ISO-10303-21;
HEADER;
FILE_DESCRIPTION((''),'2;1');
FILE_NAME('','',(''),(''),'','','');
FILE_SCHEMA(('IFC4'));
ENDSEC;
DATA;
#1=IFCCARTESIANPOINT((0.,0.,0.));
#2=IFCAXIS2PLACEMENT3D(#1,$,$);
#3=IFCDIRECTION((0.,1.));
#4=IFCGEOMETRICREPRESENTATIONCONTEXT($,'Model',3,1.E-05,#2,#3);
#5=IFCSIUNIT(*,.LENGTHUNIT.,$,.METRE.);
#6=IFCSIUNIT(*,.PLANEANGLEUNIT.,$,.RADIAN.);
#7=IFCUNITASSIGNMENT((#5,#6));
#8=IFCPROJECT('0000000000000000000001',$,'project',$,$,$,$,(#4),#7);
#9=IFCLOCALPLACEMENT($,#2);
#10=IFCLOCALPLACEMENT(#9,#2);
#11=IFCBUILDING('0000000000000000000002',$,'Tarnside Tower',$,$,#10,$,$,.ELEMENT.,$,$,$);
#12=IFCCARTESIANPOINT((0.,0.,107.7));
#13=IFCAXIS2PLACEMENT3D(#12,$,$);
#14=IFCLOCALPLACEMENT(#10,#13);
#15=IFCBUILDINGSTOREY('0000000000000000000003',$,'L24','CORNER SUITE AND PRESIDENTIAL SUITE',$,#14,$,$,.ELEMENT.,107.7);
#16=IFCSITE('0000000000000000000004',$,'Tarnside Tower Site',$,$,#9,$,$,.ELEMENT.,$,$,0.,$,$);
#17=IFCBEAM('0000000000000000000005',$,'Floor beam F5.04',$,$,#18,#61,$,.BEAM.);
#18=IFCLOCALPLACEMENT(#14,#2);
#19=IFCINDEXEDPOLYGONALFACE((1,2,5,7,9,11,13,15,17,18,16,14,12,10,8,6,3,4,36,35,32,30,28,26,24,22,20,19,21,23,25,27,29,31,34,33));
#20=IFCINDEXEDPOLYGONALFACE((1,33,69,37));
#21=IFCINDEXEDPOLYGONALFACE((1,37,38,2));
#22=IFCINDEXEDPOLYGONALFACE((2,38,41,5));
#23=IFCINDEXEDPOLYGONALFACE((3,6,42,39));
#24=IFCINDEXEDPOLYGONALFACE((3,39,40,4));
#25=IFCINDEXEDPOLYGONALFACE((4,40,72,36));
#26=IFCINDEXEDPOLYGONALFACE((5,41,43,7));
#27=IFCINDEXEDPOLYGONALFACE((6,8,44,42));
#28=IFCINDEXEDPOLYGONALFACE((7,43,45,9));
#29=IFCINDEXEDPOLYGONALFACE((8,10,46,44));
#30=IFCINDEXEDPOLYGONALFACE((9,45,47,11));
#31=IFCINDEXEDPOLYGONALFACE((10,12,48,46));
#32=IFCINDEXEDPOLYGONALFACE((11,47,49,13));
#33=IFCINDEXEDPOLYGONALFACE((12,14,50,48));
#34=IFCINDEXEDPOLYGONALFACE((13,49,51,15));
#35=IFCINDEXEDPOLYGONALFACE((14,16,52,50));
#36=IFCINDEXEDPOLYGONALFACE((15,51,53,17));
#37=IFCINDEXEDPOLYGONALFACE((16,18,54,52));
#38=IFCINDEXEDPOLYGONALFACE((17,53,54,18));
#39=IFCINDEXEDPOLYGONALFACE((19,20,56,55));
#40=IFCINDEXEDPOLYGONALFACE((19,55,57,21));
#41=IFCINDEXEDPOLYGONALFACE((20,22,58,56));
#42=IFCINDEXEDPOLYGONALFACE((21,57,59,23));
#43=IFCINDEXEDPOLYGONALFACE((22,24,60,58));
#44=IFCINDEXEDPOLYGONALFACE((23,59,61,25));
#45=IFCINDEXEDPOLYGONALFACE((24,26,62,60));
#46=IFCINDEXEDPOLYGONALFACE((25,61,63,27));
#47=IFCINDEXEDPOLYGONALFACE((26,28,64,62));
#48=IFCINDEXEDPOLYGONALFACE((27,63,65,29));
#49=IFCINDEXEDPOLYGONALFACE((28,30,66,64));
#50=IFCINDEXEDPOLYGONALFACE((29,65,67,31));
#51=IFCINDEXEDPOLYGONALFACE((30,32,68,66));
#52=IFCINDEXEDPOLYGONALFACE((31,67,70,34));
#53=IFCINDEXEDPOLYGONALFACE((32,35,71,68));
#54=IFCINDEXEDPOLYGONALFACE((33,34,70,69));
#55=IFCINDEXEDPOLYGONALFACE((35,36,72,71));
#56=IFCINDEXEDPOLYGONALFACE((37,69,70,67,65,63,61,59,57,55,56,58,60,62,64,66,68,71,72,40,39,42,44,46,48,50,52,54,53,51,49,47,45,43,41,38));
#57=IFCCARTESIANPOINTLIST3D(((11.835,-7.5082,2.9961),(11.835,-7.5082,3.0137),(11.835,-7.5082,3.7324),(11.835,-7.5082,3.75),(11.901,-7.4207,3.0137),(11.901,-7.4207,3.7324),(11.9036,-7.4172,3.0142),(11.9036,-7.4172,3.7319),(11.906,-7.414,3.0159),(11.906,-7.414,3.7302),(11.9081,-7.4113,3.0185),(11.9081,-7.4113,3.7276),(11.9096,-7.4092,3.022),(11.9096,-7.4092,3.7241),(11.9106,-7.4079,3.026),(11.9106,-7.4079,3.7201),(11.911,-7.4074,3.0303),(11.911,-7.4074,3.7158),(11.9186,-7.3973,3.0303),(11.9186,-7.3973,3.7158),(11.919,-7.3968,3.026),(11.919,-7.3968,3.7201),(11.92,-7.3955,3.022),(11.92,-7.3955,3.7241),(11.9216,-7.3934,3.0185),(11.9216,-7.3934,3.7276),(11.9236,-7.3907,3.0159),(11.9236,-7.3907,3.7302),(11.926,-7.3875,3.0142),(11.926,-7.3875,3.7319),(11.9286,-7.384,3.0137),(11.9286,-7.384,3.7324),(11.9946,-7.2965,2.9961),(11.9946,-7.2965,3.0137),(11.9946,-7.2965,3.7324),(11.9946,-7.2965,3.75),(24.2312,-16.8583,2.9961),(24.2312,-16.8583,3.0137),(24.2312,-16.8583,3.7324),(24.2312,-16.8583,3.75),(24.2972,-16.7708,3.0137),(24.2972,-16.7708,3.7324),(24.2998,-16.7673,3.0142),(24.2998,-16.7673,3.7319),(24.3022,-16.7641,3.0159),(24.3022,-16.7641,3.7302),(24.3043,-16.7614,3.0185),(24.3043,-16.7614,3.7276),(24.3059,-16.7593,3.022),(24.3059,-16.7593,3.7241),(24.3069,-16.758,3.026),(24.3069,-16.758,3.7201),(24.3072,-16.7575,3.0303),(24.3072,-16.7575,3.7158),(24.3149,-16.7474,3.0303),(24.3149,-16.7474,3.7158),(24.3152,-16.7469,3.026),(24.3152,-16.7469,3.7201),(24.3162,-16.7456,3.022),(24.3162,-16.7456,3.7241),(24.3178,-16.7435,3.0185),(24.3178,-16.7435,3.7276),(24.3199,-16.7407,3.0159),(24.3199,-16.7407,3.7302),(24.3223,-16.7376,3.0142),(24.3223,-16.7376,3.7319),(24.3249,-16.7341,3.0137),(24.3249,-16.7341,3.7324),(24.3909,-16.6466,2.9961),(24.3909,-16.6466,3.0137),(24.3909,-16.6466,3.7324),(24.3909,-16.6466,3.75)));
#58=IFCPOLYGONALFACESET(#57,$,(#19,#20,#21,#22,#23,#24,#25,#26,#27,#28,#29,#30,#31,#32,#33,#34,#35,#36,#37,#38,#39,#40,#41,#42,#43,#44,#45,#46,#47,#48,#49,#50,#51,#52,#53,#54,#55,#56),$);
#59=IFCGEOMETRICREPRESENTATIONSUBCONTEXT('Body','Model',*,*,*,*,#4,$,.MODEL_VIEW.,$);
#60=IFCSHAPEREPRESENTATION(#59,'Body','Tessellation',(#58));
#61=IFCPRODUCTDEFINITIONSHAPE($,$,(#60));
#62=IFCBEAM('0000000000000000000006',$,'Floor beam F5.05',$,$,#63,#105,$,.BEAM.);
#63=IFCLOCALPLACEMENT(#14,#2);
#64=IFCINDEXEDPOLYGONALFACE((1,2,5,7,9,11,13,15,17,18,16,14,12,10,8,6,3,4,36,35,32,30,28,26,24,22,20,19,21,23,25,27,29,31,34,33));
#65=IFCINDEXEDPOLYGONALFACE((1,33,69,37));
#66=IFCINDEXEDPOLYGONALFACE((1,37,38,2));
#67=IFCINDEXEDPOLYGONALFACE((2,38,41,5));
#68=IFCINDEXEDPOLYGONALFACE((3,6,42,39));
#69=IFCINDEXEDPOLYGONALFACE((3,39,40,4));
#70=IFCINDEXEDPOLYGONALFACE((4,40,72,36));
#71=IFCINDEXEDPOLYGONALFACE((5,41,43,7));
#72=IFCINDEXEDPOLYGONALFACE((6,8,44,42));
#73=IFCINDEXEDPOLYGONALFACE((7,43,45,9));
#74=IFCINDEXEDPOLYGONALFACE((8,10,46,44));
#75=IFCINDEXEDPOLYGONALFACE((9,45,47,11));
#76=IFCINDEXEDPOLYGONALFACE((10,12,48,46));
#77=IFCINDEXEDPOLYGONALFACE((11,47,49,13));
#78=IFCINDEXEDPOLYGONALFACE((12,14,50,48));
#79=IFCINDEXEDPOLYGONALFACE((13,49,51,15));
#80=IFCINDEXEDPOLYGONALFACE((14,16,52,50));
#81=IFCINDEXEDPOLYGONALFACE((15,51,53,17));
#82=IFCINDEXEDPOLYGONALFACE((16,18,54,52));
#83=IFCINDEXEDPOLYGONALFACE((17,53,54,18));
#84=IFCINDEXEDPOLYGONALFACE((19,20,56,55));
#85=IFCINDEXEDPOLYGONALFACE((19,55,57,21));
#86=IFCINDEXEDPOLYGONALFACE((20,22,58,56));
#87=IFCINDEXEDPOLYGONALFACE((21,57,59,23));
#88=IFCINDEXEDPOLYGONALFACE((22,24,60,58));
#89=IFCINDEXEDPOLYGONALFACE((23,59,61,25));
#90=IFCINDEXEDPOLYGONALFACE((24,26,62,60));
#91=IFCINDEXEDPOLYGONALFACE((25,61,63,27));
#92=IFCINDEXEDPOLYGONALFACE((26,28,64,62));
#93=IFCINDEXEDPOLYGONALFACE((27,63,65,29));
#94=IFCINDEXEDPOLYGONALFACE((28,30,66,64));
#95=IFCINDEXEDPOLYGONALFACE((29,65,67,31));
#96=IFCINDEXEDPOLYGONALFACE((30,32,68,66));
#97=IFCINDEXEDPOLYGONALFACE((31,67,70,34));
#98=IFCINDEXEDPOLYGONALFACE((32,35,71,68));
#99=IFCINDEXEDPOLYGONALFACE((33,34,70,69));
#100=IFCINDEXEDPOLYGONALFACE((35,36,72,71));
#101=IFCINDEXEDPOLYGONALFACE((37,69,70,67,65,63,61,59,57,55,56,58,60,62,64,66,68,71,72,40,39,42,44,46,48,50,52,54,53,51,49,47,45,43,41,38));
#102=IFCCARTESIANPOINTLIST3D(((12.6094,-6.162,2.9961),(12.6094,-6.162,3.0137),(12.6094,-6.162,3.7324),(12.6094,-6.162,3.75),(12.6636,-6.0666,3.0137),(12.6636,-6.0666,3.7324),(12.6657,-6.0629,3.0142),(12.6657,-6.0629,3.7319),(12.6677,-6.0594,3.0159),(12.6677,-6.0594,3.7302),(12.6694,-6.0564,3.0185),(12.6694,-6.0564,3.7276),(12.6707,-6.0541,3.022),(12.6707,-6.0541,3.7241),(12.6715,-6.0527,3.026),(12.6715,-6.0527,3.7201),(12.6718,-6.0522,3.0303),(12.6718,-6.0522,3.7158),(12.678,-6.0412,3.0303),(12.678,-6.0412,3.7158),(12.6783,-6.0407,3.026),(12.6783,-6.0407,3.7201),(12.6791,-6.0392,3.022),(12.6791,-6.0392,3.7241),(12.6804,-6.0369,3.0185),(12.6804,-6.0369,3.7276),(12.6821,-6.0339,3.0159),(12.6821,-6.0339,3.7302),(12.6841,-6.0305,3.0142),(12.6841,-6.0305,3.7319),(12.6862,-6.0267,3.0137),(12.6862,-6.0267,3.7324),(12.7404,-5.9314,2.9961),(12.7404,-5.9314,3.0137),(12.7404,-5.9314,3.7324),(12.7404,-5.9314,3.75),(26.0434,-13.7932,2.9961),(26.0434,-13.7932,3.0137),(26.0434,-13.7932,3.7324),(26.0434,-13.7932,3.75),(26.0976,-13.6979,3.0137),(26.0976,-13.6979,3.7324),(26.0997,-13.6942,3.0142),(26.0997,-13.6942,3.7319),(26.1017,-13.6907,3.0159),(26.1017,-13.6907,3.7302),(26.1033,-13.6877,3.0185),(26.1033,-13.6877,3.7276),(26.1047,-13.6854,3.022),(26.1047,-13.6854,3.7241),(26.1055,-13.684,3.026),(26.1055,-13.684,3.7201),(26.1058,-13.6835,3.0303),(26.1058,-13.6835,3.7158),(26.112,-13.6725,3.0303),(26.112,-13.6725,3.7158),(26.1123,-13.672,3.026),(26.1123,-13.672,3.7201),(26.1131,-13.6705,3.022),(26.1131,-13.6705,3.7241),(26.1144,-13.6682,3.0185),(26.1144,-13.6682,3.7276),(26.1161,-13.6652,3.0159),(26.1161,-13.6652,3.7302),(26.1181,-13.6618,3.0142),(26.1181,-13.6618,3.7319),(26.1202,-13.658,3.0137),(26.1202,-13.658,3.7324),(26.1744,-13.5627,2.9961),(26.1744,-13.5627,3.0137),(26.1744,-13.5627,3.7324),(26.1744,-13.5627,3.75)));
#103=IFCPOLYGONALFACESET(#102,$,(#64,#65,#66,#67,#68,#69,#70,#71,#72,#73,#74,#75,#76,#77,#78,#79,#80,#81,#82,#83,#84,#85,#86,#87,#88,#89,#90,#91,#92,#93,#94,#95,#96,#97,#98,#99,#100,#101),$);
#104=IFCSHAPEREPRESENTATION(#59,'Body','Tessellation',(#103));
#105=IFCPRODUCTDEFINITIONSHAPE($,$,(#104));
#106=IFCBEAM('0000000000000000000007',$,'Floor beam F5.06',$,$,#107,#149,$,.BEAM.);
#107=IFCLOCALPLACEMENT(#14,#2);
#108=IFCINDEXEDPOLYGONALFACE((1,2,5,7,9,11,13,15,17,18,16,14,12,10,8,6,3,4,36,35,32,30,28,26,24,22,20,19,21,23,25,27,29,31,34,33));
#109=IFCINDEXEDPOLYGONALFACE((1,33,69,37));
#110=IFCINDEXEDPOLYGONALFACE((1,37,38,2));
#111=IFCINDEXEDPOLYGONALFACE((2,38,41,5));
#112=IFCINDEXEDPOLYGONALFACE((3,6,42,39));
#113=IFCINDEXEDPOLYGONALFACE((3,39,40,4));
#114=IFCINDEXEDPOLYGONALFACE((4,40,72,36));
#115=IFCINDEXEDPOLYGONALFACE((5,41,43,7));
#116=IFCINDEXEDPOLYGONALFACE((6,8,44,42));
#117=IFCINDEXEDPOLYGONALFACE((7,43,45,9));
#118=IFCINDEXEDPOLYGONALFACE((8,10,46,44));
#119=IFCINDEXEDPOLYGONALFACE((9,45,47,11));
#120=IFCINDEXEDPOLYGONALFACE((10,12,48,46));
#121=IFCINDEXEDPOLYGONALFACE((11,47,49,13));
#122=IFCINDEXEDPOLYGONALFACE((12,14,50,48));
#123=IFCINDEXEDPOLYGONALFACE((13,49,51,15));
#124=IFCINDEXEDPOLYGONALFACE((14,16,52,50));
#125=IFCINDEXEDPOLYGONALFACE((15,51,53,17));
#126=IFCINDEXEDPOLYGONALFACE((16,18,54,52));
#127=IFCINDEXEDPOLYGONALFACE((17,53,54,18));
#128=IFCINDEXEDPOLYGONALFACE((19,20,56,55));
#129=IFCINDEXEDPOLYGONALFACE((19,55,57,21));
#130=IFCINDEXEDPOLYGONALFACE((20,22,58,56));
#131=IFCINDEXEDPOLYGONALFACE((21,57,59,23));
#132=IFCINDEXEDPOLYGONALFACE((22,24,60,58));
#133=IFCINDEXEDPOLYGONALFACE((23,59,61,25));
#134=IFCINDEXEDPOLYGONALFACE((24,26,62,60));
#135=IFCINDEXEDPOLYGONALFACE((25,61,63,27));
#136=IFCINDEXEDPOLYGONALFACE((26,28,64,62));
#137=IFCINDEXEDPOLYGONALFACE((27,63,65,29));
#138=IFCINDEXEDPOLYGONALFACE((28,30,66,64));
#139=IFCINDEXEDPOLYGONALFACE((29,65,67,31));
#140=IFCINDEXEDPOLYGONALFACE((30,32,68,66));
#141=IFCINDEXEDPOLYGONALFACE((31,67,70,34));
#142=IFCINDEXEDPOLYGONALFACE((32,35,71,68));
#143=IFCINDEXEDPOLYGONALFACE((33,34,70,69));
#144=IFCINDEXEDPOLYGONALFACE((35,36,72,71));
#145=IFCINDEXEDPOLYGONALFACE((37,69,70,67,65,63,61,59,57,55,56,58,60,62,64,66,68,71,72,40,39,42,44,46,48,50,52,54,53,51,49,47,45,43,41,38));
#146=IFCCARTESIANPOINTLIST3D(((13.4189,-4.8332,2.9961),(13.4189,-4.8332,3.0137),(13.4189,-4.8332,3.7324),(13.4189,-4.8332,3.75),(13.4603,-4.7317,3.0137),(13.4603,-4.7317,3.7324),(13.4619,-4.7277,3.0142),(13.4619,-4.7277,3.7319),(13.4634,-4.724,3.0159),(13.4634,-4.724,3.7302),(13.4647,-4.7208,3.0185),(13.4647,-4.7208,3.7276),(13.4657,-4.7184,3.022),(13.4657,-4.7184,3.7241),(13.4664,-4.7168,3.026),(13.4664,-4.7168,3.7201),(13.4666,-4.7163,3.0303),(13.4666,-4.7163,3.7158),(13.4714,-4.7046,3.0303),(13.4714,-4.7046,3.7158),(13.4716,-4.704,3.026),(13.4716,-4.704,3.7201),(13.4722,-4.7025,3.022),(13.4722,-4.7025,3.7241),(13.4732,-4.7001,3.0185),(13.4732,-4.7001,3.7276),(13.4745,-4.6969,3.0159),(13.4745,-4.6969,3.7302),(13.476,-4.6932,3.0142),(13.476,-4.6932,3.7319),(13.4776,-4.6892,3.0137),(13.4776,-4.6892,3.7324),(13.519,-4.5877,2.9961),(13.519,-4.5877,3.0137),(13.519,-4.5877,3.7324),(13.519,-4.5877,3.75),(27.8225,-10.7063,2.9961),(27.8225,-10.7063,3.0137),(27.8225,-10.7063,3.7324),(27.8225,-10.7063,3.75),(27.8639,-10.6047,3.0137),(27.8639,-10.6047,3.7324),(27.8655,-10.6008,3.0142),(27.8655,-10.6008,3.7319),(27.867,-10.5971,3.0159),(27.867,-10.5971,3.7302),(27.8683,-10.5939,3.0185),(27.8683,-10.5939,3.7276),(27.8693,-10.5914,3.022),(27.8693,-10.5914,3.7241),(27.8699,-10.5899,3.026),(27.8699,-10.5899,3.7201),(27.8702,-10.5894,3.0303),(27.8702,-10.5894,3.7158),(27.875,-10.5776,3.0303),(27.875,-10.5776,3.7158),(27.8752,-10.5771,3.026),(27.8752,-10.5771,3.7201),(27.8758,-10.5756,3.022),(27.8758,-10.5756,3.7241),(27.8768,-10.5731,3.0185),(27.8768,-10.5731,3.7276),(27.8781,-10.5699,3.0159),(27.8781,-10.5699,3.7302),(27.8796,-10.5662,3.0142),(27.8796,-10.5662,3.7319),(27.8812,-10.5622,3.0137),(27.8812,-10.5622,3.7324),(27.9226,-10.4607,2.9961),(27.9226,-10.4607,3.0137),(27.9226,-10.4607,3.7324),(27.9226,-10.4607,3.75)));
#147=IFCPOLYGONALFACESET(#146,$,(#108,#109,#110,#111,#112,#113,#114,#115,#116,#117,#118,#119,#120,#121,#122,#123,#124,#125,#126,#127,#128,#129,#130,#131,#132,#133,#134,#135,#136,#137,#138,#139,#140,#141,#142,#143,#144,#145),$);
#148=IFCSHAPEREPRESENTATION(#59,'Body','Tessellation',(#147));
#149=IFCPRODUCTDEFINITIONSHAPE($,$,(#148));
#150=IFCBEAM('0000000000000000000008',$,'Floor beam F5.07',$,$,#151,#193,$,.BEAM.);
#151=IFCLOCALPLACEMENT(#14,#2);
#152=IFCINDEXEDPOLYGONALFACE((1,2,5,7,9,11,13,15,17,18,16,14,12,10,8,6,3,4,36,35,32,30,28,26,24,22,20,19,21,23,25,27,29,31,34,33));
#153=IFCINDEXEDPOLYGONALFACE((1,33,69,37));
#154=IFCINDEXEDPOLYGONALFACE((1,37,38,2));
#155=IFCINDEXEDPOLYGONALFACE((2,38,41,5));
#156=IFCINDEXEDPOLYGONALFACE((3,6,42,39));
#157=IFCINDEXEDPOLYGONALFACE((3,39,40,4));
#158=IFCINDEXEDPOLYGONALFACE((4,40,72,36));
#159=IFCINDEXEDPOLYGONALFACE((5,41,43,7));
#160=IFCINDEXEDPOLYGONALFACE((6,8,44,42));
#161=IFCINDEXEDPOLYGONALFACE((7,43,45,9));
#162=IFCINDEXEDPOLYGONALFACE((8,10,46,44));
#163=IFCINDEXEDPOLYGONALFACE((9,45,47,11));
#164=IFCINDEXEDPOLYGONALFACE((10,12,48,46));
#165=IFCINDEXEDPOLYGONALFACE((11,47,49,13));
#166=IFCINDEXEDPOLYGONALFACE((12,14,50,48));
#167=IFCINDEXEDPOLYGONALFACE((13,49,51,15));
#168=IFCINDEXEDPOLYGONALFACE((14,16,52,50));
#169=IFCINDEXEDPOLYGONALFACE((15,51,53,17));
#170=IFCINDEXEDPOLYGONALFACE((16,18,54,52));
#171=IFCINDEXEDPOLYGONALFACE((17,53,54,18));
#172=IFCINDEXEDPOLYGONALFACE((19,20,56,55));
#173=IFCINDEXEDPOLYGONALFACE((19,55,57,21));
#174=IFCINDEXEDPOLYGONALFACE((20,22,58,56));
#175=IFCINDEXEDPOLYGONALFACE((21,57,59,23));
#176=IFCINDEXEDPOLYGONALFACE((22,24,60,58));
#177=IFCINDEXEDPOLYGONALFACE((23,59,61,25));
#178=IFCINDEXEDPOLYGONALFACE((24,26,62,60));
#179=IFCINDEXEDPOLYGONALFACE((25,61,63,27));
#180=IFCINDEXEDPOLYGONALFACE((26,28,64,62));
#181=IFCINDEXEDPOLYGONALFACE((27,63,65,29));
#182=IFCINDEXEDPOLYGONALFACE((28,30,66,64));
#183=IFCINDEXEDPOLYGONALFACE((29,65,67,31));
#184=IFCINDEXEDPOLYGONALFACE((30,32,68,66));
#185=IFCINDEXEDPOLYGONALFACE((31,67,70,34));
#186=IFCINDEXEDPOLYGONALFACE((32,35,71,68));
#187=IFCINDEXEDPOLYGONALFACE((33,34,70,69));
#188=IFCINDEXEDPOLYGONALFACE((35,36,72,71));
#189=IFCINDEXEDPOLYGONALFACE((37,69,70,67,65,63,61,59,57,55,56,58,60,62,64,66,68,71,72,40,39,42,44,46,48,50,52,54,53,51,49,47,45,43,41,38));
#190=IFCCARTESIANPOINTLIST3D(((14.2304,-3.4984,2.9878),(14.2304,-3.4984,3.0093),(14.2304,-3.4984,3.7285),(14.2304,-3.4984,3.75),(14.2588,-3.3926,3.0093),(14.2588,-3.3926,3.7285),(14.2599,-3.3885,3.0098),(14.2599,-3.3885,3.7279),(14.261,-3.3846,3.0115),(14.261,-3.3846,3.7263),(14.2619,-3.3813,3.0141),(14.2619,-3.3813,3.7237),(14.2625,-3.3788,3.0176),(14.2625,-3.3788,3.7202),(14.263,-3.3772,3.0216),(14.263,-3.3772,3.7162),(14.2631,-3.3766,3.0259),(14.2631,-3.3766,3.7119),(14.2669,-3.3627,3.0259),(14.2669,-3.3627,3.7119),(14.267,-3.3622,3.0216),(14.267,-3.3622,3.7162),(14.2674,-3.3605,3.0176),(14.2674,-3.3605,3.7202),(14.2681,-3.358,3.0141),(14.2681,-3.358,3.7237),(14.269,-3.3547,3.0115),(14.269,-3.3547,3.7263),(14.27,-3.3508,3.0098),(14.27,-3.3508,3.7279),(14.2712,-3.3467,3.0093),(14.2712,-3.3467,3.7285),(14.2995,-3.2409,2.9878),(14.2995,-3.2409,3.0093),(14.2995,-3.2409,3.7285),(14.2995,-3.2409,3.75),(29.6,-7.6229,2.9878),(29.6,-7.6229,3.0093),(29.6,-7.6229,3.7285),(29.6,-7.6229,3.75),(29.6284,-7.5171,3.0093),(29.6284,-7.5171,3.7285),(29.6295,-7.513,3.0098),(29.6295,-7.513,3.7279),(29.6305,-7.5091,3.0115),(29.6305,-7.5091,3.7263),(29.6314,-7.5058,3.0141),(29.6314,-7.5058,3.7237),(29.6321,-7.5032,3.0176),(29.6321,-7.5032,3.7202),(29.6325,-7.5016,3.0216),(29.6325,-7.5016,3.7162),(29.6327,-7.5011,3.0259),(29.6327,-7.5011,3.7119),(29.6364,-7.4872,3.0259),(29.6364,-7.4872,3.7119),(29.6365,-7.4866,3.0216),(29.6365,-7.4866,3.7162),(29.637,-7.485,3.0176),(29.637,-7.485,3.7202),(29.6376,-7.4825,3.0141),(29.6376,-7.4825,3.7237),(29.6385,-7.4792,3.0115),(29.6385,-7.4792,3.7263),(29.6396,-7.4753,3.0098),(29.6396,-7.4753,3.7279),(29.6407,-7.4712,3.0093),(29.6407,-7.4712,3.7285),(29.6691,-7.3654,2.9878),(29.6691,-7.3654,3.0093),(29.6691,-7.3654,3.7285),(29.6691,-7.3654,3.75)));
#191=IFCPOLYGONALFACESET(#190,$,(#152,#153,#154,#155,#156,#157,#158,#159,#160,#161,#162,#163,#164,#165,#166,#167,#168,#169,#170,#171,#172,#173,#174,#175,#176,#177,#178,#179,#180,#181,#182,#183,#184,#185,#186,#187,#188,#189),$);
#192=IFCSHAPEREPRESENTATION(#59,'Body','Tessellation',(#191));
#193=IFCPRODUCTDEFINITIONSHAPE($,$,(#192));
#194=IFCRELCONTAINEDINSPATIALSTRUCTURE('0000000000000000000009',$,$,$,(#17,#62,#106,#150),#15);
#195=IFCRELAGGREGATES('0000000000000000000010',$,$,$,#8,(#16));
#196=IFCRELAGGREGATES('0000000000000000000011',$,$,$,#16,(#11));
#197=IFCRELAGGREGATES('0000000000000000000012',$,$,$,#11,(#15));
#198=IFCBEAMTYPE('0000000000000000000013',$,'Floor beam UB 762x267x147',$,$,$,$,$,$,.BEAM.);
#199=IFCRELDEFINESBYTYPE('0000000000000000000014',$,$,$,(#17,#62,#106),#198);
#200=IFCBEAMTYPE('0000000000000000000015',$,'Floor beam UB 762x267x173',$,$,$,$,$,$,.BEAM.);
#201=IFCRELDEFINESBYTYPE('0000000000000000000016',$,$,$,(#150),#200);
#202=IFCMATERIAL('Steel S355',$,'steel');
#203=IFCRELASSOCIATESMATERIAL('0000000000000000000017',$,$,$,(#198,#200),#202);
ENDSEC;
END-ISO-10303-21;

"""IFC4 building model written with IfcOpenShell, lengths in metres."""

from ifc_helpers import new_model, si_unit, direction, frame, origin, origin_2d, place, context, subcontext, project, spatial, i_section, extrude, material, material_profile, profile_set, type_object, element, save


model = new_model("IFC4")

# Units and contexts
model_context = context("Model", 3, precision=1e-05, world=origin(), true_north=direction((0.0, 1.0)))
body_context = subcontext(model_context, "Body", "Model", "MODEL_VIEW")
ifc_project = project(units=[si_unit("LENGTHUNIT", "METRE"), si_unit("PLANEANGLEUNIT", "RADIAN")], contexts=[model_context])

# Site, building, storey
site_placement = place(None, origin())
site = spatial("IfcSite", under=ifc_project, at=site_placement, Name="Tarnside Tower Site", CompositionType="ELEMENT", RefElevation=0.0)
building_placement = place(site_placement, origin())
building = spatial("IfcBuilding", under=site, at=building_placement, Name="Tarnside Tower", CompositionType="ELEMENT")
storey_placement = place(building_placement, frame((0.0, 0.0, 107.7)))
storey = spatial("IfcBuildingStorey", under=building, at=storey_placement, Name="L24", Description="CORNER SUITE AND PRESIDENTIAL SUITE", CompositionType="ELEMENT", Elevation=107.7)

# Beams
ifc_material_1 = material(Name="Steel S355", Category="steel")
ifc_material_profile_1 = material_profile(ifc_material_1, i_section(OverallWidth=0.2651, OverallDepth=0.7539, WebThickness=0.0127, FlangeThickness=0.0176, FilletRadius=0.0166, at=origin_2d()), Name="UB 762x267x147")
ifc_profile_set_1 = profile_set([ifc_material_profile_1], Name="Steel S355")
beam_type_1 = type_object("IfcBeamType", Name="Floor beam UB 762x267x147", PredefinedType="BEAM", material=ifc_profile_set_1)
beam_1_placement = place(storey_placement, frame((24.311, -16.7524, 3.373), z_axis=(-0.798361, 0.602179, 0.0), x_axis=(-0.602179, -0.798361, 0.0)))
element("IfcBeam", 1, at=beam_1_placement, inside=storey, type_object=beam_type_1, Name="Floor beam F5.04", PredefinedType="BEAM", context=body_context, shape_type="SweptSolid", body=[
    extrude(i_section(OverallWidth=0.2651, OverallDepth=0.7539, WebThickness=0.0127, FlangeThickness=0.0176, FilletRadius=0.0166, at=origin_2d()), origin(), (0.0, 0.0, 1.0), 15.5271),
])
beam_2_placement = place(storey_placement, frame((26.1089, -13.678, 3.373), z_axis=(-0.869503, 0.493929, 0.0), x_axis=(-0.493929, -0.869503, 0.0)))
element("IfcBeam", 2, at=beam_2_placement, inside=storey, type_object=beam_type_1, Name="Floor beam F5.05", PredefinedType="BEAM", context=body_context, shape_type="SweptSolid", body=[
    extrude(i_section(OverallWidth=0.2651, OverallDepth=0.7539, WebThickness=0.0127, FlangeThickness=0.0176, FilletRadius=0.0166, at=origin_2d()), origin(), (0.0, 0.0, 1.0), 15.4502),
])
beam_3_placement = place(storey_placement, frame((27.8726, -10.5835, 3.373), z_axis=(-0.925982, 0.377569, 0.0), x_axis=(-0.377569, -0.925982, 0.0)))
element("IfcBeam", 3, at=beam_3_placement, inside=storey, type_object=beam_type_1, Name="Floor beam F5.06", PredefinedType="BEAM", context=body_context, shape_type="SweptSolid", body=[
    extrude(i_section(OverallWidth=0.2651, OverallDepth=0.7539, WebThickness=0.0127, FlangeThickness=0.0176, FilletRadius=0.0166, at=origin_2d()), origin(), (0.0, 0.0, 1.0), 15.5549),
])
ifc_material_profile_2 = material_profile(ifc_material_1, i_section(OverallWidth=0.2666, OverallDepth=0.7622, WebThickness=0.0144, FlangeThickness=0.0215, FilletRadius=0.0166, at=origin_2d()), Name="UB 762x267x173")
ifc_profile_set_2 = profile_set([ifc_material_profile_2], Name="Steel S355")
beam_type_2 = type_object("IfcBeamType", Name="Floor beam UB 762x267x173", PredefinedType="BEAM", material=ifc_profile_set_2)
beam_4_placement = place(storey_placement, frame((29.6345, -7.4941, 3.3689), z_axis=(-0.965828, 0.259184, 0.0), x_axis=(-0.259184, -0.965828, 0.0)))
element("IfcBeam", 4, at=beam_4_placement, inside=storey, type_object=beam_type_2, Name="Floor beam F5.07", PredefinedType="BEAM", context=body_context, shape_type="SweptSolid", body=[
    extrude(i_section(OverallWidth=0.2666, OverallDepth=0.7622, WebThickness=0.0144, FlangeThickness=0.0215, FilletRadius=0.0166, at=origin_2d()), origin(), (0.0, 0.0, 1.0), 15.9133),
])

save(model, "model.ifc")
